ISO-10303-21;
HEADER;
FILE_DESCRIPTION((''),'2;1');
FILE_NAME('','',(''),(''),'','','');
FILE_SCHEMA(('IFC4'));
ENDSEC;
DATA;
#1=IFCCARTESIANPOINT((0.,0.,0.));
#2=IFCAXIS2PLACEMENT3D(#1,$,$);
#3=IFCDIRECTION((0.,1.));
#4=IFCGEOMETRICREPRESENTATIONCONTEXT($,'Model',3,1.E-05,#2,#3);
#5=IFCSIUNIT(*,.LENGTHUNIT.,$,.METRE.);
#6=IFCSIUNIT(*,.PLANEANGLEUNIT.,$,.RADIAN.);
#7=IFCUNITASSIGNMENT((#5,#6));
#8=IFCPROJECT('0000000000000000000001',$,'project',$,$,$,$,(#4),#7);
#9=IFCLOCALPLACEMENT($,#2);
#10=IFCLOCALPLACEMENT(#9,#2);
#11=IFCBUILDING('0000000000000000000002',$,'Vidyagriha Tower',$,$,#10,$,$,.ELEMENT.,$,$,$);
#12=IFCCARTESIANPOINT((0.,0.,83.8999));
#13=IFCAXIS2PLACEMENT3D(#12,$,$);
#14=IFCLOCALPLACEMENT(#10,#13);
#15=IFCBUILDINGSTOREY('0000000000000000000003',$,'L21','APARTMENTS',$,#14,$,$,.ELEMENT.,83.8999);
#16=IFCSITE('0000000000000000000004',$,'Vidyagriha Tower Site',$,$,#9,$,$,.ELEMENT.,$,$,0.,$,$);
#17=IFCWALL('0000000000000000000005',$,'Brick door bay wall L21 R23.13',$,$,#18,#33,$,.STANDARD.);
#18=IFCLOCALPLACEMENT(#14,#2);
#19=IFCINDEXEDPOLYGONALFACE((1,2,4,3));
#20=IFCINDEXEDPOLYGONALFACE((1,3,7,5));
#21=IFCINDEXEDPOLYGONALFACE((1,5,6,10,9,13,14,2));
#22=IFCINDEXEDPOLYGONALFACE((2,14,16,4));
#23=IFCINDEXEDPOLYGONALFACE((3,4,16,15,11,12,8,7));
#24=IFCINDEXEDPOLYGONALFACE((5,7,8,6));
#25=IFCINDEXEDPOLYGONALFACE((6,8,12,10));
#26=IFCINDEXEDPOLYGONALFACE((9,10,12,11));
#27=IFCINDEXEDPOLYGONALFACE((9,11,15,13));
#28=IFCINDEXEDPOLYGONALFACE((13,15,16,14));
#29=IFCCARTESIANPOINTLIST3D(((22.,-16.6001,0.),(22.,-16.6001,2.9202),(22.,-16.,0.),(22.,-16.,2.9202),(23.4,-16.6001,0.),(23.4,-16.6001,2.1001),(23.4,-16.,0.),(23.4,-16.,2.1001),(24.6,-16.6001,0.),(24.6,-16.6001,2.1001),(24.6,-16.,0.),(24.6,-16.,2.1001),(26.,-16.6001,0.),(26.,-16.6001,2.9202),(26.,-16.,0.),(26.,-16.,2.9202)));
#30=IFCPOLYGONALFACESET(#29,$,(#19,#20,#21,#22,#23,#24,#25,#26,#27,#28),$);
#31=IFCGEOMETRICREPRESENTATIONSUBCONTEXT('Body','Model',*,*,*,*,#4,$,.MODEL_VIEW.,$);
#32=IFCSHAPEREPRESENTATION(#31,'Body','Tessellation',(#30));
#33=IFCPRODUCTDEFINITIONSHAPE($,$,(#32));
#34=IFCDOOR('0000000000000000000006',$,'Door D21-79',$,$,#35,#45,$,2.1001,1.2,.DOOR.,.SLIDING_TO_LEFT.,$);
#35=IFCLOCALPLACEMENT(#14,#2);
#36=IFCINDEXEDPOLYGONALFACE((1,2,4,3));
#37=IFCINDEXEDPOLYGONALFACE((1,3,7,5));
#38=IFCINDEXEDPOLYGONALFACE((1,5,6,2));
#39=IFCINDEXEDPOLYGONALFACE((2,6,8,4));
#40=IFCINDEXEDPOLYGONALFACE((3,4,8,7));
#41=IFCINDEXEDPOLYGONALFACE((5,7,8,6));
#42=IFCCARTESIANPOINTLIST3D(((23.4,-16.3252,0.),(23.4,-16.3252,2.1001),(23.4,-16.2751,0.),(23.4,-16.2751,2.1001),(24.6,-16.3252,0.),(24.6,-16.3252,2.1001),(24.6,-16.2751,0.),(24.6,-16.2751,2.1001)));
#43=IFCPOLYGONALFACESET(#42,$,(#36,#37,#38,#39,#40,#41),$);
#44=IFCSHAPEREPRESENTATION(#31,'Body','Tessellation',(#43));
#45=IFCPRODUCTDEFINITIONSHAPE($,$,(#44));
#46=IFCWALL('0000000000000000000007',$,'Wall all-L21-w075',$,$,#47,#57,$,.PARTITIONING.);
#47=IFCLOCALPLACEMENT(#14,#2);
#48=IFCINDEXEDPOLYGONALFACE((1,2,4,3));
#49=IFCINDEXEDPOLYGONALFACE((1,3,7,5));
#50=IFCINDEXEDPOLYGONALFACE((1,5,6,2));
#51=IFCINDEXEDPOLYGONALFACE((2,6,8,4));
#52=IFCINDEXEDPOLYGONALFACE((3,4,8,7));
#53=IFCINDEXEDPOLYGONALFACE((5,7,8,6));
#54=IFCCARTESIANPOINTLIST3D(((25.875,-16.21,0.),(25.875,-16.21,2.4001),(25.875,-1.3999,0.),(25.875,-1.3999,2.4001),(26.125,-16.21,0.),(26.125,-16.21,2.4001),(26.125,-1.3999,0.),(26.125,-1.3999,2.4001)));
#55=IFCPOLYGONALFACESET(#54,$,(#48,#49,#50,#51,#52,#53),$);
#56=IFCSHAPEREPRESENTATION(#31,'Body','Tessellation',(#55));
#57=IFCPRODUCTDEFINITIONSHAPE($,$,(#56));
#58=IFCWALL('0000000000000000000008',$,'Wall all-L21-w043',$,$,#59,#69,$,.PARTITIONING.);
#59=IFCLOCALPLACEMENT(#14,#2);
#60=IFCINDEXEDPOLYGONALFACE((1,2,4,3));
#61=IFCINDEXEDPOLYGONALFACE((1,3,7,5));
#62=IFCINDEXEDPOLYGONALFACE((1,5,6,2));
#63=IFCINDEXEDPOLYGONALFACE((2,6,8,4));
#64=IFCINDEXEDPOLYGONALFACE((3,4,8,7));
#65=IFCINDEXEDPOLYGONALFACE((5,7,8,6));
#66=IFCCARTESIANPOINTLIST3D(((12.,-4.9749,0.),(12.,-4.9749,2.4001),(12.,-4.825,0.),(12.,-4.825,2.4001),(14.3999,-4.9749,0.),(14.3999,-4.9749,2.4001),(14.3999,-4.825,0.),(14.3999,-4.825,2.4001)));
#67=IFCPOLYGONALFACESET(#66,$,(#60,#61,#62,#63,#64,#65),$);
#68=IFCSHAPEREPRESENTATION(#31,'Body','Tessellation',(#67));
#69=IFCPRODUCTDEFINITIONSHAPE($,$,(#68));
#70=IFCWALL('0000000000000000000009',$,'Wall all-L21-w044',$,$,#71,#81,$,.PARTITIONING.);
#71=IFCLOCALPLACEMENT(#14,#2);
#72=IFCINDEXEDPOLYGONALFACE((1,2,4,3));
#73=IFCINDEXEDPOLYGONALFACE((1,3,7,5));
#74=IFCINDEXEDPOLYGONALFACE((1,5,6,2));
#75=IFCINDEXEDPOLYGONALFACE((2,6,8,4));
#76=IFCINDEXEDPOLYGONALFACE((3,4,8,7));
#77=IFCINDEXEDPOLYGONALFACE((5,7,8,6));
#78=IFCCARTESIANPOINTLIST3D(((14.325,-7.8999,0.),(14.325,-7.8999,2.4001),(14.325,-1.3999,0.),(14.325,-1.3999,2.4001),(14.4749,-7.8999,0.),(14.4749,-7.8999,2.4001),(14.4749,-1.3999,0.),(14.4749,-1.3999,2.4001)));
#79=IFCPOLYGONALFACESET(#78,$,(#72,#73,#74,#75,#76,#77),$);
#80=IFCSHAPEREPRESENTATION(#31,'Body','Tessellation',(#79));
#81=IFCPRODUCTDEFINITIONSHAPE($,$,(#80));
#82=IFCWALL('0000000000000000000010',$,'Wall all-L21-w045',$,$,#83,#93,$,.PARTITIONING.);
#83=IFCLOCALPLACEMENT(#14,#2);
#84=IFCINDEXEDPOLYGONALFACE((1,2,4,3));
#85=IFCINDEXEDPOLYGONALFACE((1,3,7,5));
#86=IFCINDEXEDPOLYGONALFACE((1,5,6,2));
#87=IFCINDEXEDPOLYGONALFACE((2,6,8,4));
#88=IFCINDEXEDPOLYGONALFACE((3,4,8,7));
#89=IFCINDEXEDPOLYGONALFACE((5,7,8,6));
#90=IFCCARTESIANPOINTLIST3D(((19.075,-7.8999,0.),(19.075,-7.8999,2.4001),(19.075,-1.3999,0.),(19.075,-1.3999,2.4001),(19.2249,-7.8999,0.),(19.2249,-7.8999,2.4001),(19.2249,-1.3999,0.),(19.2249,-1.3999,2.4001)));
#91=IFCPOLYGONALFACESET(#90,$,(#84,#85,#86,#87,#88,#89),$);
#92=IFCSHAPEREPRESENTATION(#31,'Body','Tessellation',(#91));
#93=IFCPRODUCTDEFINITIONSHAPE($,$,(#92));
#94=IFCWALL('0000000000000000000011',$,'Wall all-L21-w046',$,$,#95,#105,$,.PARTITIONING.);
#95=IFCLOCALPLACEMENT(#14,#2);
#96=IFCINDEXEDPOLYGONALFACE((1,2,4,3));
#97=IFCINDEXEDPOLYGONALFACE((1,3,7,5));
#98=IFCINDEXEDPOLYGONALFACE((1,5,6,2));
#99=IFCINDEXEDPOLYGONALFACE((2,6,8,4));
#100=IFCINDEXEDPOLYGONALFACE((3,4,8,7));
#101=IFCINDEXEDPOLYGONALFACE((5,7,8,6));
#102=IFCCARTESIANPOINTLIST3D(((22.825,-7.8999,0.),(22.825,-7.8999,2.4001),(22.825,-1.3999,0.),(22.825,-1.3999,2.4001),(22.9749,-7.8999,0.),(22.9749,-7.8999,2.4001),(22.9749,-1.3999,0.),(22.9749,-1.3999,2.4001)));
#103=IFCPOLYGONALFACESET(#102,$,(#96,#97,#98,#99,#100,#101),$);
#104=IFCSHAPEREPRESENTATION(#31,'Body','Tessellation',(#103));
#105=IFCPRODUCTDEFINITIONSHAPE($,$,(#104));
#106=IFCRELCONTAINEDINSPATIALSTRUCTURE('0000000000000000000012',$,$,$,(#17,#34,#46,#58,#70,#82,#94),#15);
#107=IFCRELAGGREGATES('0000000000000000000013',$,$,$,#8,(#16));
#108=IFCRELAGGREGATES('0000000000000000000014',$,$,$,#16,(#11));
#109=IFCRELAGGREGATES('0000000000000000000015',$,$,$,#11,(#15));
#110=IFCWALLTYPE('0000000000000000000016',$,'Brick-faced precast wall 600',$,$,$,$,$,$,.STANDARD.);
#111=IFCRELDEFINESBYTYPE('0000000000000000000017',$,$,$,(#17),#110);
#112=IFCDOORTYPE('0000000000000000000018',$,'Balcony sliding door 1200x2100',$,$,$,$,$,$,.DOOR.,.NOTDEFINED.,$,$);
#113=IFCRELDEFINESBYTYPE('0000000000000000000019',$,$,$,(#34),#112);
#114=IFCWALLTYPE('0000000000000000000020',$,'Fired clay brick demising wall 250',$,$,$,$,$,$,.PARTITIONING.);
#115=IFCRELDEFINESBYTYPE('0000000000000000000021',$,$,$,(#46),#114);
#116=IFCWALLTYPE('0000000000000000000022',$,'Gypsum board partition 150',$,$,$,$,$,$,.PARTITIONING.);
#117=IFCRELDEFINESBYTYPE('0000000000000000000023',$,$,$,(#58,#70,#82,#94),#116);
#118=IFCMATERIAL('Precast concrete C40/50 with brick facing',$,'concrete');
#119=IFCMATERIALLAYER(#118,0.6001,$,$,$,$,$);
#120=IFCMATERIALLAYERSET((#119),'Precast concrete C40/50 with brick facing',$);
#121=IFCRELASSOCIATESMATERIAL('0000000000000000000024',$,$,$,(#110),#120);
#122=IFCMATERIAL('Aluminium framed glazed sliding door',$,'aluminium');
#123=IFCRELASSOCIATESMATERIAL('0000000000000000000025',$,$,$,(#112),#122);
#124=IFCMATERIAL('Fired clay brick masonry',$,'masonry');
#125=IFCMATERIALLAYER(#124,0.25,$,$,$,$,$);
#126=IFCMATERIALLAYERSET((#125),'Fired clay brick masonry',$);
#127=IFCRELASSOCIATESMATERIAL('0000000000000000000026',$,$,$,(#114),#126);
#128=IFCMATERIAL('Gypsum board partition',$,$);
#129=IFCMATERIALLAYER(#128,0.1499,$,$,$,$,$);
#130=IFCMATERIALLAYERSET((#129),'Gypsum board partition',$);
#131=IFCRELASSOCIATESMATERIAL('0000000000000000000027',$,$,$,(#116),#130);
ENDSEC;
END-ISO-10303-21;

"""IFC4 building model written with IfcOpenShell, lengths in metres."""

from ifc_helpers import new_model, si_unit, direction, frame, frame_2d, origin, place, context, subcontext, project, spatial, rectangle, extrude, material, layer, layer_set, type_object, element, fill, save


model = new_model("IFC4")

# Units and contexts
model_context = context("Model", 3, precision=1e-05, world=origin(), true_north=direction((0.0, 1.0)))
body_context = subcontext(model_context, "Body", "Model", "MODEL_VIEW")
ifc_project = project(units=[si_unit("LENGTHUNIT", "METRE"), si_unit("PLANEANGLEUNIT", "RADIAN")], contexts=[model_context])

# Site, building, storey
site_placement = place(None, origin())
site = spatial("IfcSite", under=ifc_project, at=site_placement, Name="Vidyagriha Tower Site", CompositionType="ELEMENT", RefElevation=0.0)
building_placement = place(site_placement, origin())
building = spatial("IfcBuilding", under=site, at=building_placement, Name="Vidyagriha Tower", CompositionType="ELEMENT")
storey_placement = place(building_placement, frame((0.0, 0.0, 83.8999)))
storey = spatial("IfcBuildingStorey", under=building, at=storey_placement, Name="L21", Description="APARTMENTS", CompositionType="ELEMENT", Elevation=83.8999)

# Wall, opening, door
ifc_material_1 = material(Name="Precast concrete C40/50 with brick facing", Category="concrete")
ifc_layer_1 = layer(ifc_material_1, 0.6001)
ifc_layer_set_1 = layer_set([ifc_layer_1], Name="Precast concrete C40/50 with brick facing")
wall_type_1 = type_object("IfcWallType", Name="Brick-faced precast wall 600", PredefinedType="STANDARD", material=ifc_layer_set_1)
wall_1_placement = place(storey_placement, frame((22.0, -16.3, 0.0)))
wall_1 = element("IfcWall", 1, at=wall_1_placement, inside=storey, type_object=wall_type_1, Name="Brick door bay wall L21 R23.13", PredefinedType="STANDARD", context=body_context, shape_type="SweptSolid", body=[
    extrude(rectangle(XDim=4.0, YDim=0.6001, at=frame_2d((2.0, 0.0))), origin(), (0.0, 0.0, 1.0), 2.9202),
])
opening_1_placement = place(wall_1_placement, frame((1.3999, 0.0, 0.0)))
opening_1 = element("IfcOpeningElement", 2, at=opening_1_placement, cuts=wall_1, PredefinedType="OPENING", context=body_context, shape_type="SweptSolid", body=[
    extrude(rectangle(XDim=1.2, YDim=2.1001, at=frame_2d((0.6001, 1.05))), frame((0.0, 0.3101, 0.0), z_axis=(0.0, -1.0, 0.0), x_axis=(1.0, 0.0, 0.0)), (0.0, 0.0, 1.0), 0.6201),
])
ifc_material_2 = material(Name="Aluminium framed glazed sliding door", Category="aluminium")
door_type_1 = type_object("IfcDoorType", Name="Balcony sliding door 1200x2100", OperationType="NOTDEFINED", PredefinedType="DOOR", material=ifc_material_2)
door_1_placement = place(opening_1_placement, origin())
door_1 = element("IfcDoor", 3, at=door_1_placement, inside=storey, type_object=door_type_1, Name="Door D21-79", OperationType="SLIDING_TO_LEFT", OverallHeight=2.1001, OverallWidth=1.2, PredefinedType="DOOR", context=body_context, shape_type="SweptSolid", body=[
    extrude(rectangle(XDim=1.2, YDim=2.1001, at=frame_2d((0.6001, 1.05))), frame((0.0, 0.0249, 0.0), z_axis=(0.0, -1.0, 0.0), x_axis=(1.0, 0.0, 0.0)), (0.0, 0.0, 1.0), 0.05),
])
fill(opening_1, door_1)

# Walls
ifc_material_3 = material(Name="Fired clay brick masonry", Category="masonry")
ifc_layer_2 = layer(ifc_material_3, 0.25)
ifc_layer_set_2 = layer_set([ifc_layer_2], Name="Fired clay brick masonry")
wall_type_2 = type_object("IfcWallType", Name="Fired clay brick demising wall 250", PredefinedType="PARTITIONING", material=ifc_layer_set_2)
wall_2_placement = place(storey_placement, frame((26.0, -1.3999, 0.0), z_axis=(0.0, 0.0, 1.0), x_axis=(0.0, -1.0, 0.0)))
element("IfcWall", 4, at=wall_2_placement, inside=storey, type_object=wall_type_2, Name="Wall all-L21-w075", PredefinedType="PARTITIONING", context=body_context, shape_type="SweptSolid", body=[
    extrude(rectangle(XDim=14.8101, YDim=0.25, at=frame_2d((7.405, 0.0))), origin(), (0.0, 0.0, 1.0), 2.4001),
])
ifc_material_4 = material(Name="Gypsum board partition")
ifc_layer_3 = layer(ifc_material_4, 0.1499)
ifc_layer_set_3 = layer_set([ifc_layer_3], Name="Gypsum board partition")
wall_type_3 = type_object("IfcWallType", Name="Gypsum board partition 150", PredefinedType="PARTITIONING", material=ifc_layer_set_3)
wall_3_placement = place(storey_placement, frame((14.3999, -4.8999, 0.0), z_axis=(0.0, 0.0, 1.0), x_axis=(-1.0, 0.0, 0.0)))
element("IfcWall", 5, at=wall_3_placement, inside=storey, type_object=wall_type_3, Name="Wall all-L21-w043", PredefinedType="PARTITIONING", context=body_context, shape_type="SweptSolid", body=[
    extrude(rectangle(XDim=2.3999, YDim=0.1499, at=frame_2d((1.2, 0.0))), origin(), (0.0, 0.0, 1.0), 2.4001),
])
for number, where, z_axis, x_axis, name in (
    (6, (14.3999, -1.3999, 0.0), (0.0, 0.0, 1.0), (0.0, -1.0, 0.0), "Wall all-L21-w044"),
    (7, (19.1499, -1.3999, 0.0), (0.0, 0.0, 1.0), (0.0, -1.0, 0.0), "Wall all-L21-w045"),
    (8, (22.8999, -1.3999, 0.0), (0.0, 0.0, 1.0), (0.0, -1.0, 0.0), "Wall all-L21-w046"),
):
    element("IfcWall", number, at=place(storey_placement, frame(where, z_axis=z_axis, x_axis=x_axis)), inside=storey, type_object=wall_type_3, Name=name, PredefinedType="PARTITIONING", context=body_context, shape_type="SweptSolid", body=[
        extrude(rectangle(XDim=6.5, YDim=0.1499, at=frame_2d((3.25, 0.0))), origin(), (0.0, 0.0, 1.0), 2.4001),
    ])

save(model, "model.ifc")
